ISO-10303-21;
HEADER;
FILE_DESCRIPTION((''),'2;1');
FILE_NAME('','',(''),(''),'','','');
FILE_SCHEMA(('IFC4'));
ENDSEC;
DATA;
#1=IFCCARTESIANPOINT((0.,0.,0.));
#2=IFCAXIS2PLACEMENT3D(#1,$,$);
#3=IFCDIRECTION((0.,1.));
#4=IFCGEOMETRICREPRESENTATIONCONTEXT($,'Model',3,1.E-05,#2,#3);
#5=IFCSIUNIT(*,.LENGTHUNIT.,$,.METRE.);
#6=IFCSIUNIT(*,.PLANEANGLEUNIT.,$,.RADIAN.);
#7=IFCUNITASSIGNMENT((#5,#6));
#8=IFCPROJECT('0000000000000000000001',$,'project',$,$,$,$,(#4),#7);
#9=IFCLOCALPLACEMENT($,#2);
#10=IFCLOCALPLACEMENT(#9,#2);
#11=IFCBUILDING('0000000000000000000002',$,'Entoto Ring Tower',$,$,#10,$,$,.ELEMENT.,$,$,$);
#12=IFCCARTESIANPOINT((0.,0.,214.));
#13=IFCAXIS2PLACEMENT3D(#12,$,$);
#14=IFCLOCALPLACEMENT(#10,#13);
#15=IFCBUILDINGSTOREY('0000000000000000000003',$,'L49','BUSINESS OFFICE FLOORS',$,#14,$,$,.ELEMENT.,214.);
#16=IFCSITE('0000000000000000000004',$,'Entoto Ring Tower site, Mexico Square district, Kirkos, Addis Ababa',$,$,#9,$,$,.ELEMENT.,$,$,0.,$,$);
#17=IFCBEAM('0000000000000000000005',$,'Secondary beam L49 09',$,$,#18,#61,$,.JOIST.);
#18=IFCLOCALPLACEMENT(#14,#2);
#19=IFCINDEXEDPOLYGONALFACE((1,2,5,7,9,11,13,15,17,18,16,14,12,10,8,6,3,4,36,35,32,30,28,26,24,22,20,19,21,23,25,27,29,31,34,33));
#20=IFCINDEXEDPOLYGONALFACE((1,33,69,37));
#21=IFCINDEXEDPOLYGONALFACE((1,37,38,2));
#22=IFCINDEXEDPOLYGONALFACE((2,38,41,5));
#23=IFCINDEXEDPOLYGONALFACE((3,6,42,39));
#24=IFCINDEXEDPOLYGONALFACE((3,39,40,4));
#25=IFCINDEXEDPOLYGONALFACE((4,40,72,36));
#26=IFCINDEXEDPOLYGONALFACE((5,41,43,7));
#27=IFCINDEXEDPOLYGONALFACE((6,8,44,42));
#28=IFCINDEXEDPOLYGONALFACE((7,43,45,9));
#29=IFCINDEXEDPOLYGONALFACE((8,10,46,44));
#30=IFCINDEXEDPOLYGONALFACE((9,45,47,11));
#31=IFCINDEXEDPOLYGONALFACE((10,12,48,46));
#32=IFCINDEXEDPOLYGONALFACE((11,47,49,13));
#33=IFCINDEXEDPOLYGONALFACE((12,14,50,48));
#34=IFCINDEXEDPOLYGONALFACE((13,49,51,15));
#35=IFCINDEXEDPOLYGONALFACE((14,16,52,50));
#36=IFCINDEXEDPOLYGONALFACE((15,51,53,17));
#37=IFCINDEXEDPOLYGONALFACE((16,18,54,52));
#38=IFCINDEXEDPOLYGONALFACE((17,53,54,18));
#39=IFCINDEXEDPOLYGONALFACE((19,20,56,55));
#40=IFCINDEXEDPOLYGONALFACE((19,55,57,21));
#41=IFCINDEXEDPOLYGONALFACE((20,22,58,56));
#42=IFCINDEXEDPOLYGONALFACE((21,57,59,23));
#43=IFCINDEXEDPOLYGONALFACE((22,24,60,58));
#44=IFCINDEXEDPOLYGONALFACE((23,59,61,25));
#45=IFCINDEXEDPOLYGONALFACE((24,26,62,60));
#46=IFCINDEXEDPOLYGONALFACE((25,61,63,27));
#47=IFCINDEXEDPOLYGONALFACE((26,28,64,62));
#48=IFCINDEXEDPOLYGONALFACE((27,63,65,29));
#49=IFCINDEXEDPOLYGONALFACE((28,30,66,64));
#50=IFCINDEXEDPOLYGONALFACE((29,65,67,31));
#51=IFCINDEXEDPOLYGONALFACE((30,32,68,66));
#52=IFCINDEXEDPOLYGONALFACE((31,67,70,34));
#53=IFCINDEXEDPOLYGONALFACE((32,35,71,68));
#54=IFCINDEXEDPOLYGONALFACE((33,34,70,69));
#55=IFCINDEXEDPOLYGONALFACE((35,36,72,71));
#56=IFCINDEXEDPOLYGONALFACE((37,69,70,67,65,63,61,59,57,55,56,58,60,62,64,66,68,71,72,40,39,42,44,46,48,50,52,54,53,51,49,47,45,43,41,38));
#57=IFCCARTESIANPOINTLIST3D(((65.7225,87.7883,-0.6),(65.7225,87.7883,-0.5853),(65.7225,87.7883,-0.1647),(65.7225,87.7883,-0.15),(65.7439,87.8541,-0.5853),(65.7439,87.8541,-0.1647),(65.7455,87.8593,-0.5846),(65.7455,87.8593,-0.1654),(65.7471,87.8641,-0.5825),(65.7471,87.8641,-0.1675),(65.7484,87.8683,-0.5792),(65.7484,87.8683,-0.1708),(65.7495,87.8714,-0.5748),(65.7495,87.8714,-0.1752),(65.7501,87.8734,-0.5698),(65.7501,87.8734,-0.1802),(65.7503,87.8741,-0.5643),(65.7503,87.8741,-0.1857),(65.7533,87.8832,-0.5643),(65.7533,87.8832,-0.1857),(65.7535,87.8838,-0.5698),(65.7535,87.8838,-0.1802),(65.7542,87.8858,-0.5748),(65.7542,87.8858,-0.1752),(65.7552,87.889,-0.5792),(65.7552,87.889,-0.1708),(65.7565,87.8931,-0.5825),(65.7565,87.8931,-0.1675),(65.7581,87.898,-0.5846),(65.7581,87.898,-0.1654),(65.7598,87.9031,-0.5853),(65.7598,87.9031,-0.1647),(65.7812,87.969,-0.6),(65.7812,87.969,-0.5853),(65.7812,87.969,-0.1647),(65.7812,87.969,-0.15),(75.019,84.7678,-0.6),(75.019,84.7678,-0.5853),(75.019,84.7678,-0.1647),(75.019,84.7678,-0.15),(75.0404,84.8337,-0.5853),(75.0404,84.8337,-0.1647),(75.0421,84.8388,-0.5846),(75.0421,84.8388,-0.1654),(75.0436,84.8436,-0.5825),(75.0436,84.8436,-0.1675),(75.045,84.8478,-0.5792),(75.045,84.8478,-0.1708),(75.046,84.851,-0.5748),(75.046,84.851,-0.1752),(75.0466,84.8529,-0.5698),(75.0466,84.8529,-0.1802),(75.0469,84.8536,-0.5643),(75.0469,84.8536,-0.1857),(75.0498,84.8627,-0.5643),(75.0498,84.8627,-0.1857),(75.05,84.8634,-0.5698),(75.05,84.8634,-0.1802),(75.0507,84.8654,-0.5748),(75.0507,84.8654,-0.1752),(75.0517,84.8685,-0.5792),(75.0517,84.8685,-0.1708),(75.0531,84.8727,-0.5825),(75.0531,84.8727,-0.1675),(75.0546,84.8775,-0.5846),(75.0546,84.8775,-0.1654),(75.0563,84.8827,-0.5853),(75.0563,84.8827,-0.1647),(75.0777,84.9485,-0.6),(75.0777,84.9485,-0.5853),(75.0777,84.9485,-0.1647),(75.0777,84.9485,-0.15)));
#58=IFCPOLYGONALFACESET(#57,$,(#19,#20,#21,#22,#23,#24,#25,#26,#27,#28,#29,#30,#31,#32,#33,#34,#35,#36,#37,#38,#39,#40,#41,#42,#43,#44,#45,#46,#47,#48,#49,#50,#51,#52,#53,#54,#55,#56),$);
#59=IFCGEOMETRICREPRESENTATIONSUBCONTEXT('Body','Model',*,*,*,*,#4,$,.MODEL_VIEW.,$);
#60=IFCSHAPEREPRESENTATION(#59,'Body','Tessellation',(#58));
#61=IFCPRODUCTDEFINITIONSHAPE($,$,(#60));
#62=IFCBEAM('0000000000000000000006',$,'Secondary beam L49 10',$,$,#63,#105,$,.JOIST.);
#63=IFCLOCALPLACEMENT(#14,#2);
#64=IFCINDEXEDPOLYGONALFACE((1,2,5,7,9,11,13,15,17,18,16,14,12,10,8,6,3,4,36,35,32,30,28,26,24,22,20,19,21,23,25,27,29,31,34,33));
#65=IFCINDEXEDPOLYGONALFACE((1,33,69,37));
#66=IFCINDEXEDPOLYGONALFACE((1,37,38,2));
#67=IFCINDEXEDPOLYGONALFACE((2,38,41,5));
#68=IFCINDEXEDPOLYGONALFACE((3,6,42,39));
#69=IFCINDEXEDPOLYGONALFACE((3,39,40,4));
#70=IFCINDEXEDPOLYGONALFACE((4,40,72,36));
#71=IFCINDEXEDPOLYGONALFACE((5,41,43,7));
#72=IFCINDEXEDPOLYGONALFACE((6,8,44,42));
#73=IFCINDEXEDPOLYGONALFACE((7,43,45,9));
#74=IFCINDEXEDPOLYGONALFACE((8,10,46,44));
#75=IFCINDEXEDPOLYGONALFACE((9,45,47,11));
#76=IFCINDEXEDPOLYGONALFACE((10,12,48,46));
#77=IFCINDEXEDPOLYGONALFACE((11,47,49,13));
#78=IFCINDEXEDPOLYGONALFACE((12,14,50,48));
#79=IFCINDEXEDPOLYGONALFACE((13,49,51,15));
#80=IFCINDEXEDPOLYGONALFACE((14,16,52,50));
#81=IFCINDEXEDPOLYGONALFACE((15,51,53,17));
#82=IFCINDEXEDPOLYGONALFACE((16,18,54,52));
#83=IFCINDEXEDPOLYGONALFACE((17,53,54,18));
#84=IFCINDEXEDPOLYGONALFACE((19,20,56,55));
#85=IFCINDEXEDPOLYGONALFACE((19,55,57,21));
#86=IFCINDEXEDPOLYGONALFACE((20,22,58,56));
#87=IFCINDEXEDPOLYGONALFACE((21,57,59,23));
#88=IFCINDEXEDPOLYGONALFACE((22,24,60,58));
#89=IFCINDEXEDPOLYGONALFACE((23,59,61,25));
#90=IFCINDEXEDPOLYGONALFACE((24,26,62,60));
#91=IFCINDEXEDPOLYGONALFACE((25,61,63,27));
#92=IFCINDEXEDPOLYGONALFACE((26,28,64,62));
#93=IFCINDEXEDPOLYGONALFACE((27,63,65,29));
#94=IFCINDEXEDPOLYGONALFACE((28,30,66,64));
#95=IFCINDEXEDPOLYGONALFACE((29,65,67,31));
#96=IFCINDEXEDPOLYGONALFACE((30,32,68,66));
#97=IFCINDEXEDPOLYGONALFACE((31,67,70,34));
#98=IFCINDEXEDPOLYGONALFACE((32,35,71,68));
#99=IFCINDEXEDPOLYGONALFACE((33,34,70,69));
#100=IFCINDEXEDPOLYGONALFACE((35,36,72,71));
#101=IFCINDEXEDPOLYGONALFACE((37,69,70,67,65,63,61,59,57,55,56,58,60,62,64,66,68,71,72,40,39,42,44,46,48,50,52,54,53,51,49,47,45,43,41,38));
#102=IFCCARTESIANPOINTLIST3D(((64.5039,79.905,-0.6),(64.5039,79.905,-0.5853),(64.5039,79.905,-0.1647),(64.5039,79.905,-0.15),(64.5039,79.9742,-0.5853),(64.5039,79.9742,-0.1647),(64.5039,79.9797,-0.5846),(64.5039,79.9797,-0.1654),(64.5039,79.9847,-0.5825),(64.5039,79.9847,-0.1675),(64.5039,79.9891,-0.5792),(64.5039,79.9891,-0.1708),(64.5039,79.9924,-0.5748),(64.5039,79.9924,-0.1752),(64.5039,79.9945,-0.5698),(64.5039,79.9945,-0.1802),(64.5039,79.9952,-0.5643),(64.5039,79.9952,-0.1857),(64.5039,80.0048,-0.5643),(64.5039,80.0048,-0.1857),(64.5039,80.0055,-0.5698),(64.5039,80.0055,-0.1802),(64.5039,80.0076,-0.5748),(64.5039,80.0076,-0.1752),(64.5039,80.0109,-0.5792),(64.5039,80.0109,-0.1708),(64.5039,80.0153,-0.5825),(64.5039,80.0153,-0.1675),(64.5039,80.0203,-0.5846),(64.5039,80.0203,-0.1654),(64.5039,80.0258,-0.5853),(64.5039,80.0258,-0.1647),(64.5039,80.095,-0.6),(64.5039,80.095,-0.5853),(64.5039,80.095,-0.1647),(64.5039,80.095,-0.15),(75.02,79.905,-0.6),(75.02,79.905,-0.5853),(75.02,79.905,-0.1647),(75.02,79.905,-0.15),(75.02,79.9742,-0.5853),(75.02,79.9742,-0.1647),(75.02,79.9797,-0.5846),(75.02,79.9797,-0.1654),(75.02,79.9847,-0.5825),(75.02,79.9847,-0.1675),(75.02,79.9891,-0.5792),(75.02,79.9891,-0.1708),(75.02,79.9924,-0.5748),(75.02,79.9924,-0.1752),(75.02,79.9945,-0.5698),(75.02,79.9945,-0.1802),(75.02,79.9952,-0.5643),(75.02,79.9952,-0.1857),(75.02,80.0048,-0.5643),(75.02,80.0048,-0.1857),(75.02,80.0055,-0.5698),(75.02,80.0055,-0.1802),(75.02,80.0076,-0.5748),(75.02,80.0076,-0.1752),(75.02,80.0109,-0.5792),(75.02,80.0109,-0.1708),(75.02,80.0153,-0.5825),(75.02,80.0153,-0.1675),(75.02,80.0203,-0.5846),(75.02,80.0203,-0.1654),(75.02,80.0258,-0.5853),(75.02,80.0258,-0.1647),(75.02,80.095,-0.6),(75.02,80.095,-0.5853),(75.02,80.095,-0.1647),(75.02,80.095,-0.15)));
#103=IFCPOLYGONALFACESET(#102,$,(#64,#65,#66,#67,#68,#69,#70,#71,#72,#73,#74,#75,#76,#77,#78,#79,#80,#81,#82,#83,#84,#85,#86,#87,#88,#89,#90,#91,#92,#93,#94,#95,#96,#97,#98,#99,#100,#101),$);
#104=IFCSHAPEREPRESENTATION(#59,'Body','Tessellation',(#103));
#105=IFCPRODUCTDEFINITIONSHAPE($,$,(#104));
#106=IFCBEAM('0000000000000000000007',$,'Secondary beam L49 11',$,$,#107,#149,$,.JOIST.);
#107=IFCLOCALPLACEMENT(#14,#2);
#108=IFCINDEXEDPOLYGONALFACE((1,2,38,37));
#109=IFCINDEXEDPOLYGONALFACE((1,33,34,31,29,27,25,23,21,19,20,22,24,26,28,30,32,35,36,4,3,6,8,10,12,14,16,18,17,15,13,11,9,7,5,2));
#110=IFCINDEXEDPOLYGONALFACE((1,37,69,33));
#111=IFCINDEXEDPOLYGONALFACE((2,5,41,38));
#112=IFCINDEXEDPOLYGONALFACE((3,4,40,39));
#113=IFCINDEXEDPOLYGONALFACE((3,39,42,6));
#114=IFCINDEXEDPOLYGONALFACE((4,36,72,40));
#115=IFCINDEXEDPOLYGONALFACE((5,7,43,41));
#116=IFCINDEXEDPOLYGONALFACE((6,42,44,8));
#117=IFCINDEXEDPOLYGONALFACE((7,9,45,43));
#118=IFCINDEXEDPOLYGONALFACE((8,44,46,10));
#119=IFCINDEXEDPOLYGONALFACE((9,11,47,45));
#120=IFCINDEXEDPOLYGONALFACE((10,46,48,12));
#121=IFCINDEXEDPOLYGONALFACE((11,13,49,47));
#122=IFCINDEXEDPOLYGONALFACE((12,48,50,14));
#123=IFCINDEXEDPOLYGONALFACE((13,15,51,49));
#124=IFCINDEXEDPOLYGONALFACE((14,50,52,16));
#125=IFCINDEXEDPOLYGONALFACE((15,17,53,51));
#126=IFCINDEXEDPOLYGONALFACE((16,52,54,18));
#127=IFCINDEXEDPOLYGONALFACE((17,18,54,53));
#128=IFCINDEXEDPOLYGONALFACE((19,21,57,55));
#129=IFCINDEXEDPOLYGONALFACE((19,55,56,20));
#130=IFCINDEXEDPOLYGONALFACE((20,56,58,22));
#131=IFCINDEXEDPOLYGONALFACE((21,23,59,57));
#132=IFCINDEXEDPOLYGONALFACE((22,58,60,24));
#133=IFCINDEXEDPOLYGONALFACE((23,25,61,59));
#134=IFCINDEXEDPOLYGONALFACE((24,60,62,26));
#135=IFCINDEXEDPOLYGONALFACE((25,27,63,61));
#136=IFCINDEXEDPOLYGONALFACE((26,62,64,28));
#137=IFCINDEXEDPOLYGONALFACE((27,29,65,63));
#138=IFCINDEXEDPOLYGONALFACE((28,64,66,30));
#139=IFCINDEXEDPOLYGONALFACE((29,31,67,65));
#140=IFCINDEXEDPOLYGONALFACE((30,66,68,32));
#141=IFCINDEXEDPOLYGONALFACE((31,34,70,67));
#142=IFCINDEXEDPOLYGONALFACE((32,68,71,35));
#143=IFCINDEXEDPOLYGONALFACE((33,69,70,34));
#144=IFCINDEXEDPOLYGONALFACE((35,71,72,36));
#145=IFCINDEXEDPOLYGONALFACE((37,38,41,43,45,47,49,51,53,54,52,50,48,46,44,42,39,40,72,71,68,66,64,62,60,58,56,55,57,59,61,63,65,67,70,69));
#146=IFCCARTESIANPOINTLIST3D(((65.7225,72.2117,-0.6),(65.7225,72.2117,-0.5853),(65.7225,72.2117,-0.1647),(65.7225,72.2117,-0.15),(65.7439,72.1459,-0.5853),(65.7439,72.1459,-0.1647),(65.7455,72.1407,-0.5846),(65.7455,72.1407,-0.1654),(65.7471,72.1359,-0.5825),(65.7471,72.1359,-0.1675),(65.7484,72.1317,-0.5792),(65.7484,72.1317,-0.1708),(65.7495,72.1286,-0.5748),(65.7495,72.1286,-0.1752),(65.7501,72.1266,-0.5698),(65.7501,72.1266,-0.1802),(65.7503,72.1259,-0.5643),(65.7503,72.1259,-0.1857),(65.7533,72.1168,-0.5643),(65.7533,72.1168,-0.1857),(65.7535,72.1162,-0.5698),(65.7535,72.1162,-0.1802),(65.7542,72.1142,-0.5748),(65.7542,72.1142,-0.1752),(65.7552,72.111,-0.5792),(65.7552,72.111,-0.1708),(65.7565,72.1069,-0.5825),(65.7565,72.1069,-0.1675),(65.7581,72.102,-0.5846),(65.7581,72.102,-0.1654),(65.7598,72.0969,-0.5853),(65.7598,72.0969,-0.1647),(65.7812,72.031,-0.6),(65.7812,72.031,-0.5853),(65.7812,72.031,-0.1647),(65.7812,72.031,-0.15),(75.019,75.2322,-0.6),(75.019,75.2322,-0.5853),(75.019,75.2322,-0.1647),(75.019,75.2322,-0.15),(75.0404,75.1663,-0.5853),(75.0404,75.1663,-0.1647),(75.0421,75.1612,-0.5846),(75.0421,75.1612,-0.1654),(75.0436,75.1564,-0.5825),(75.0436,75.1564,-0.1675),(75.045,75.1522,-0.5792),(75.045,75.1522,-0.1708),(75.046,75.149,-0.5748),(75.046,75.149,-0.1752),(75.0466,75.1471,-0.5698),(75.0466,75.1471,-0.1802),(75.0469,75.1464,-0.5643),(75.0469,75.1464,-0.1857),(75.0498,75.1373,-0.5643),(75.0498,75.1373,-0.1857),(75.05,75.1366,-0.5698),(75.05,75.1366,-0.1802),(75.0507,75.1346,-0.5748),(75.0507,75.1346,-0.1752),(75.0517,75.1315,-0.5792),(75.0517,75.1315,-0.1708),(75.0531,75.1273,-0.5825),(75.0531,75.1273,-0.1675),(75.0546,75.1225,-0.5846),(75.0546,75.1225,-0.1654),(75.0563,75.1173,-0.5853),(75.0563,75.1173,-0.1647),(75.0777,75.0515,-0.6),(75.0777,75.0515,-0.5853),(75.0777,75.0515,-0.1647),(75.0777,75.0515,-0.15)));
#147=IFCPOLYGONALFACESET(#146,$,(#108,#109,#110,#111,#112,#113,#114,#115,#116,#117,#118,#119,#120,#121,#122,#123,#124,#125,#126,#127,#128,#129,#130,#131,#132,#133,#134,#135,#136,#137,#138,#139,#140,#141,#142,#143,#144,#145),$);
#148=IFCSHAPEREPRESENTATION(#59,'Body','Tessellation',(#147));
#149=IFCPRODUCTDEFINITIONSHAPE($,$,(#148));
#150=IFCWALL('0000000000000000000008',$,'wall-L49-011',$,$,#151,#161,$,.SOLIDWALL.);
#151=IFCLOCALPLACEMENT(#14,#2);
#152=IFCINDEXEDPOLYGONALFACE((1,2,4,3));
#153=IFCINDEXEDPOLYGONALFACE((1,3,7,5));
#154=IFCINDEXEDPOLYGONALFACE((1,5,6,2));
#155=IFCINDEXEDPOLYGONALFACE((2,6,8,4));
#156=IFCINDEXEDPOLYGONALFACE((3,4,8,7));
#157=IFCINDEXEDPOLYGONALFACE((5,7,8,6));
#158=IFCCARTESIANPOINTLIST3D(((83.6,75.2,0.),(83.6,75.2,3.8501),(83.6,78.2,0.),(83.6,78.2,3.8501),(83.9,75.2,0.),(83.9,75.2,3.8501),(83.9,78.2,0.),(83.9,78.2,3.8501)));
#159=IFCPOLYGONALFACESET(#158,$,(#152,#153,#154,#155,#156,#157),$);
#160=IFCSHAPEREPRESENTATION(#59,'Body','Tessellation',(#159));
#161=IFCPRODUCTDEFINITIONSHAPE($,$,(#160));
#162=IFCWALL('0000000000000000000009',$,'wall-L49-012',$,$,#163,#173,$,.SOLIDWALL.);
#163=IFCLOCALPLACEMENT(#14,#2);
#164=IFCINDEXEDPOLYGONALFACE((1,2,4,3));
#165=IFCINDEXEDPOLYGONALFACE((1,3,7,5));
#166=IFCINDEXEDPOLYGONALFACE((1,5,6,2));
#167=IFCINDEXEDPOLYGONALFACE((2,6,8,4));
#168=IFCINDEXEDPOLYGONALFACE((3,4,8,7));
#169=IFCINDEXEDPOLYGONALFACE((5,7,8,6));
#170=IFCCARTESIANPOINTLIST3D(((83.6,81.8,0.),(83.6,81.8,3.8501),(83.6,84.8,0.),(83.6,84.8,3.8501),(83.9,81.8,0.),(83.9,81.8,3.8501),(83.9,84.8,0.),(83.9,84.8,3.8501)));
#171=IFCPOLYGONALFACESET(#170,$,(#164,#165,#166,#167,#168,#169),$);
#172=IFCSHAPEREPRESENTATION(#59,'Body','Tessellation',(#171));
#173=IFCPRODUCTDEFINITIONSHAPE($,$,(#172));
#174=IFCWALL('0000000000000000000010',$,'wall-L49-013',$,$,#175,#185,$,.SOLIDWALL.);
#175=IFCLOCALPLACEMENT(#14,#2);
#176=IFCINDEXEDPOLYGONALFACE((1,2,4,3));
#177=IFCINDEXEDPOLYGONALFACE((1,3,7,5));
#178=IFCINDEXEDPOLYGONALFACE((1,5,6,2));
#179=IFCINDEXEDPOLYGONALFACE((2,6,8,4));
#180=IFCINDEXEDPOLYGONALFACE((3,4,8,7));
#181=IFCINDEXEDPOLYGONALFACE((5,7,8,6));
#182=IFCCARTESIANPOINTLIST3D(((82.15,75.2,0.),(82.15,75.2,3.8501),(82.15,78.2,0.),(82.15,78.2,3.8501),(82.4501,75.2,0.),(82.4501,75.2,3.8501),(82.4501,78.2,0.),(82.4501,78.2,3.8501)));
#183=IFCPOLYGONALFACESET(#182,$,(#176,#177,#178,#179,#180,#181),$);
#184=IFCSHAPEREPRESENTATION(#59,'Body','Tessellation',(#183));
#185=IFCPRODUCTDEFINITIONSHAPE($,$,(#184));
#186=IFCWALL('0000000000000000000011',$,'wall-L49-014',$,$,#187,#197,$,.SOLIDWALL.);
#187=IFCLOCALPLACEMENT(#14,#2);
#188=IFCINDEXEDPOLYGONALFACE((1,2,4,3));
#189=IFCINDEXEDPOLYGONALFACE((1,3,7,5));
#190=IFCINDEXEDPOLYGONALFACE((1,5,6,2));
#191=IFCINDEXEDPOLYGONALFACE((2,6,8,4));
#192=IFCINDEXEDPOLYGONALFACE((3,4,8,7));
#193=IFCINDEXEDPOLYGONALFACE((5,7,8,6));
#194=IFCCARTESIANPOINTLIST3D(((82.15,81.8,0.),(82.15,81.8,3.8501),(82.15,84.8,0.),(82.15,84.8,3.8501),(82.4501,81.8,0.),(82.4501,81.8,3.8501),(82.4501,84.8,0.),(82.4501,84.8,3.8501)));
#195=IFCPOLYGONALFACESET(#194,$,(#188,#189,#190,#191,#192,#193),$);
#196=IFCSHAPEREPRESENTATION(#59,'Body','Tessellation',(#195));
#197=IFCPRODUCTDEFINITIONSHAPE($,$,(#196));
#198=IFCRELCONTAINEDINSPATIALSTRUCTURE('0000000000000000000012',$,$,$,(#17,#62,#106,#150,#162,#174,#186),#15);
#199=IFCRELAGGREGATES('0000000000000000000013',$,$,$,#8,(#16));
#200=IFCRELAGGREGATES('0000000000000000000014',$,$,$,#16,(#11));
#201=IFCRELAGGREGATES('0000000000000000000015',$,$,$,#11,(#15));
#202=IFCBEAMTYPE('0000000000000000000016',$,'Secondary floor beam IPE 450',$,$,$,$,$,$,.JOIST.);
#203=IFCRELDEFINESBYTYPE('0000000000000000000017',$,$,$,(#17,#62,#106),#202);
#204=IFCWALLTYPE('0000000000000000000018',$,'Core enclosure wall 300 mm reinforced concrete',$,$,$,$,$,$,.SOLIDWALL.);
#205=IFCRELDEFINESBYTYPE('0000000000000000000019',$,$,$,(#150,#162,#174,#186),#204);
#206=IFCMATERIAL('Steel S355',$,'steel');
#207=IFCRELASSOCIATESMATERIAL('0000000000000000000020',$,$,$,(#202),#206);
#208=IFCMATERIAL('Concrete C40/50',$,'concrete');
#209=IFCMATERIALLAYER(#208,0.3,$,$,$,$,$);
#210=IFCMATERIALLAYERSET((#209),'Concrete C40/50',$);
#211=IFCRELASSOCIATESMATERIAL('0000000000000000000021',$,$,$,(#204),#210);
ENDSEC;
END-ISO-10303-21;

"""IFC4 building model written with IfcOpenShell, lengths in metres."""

from ifc_helpers import new_model, si_unit, direction, frame, frame_2d, origin, origin_2d, place, context, subcontext, project, spatial, rectangle, i_section, extrude, material, layer, layer_set, material_profile, profile_set, type_object, element, save


model = new_model("IFC4")

# Units and contexts
model_context = context("Model", 3, precision=1e-05, world=origin(), true_north=direction((0.0, 1.0)))
body_context = subcontext(model_context, "Body", "Model", "MODEL_VIEW")
ifc_project = project(units=[si_unit("LENGTHUNIT", "METRE"), si_unit("PLANEANGLEUNIT", "RADIAN")], contexts=[model_context])

# Site, building, storey
site_placement = place(None, origin())
site = spatial("IfcSite", under=ifc_project, at=site_placement, Name="Entoto Ring Tower site, Mexico Square district, Kirkos, Addis Ababa", CompositionType="ELEMENT", RefElevation=0.0)
building_placement = place(site_placement, origin())
building = spatial("IfcBuilding", under=site, at=building_placement, Name="Entoto Ring Tower", CompositionType="ELEMENT")
storey_placement = place(building_placement, frame((0.0, 0.0, 214.0)))
storey = spatial("IfcBuildingStorey", under=building, at=storey_placement, Name="L49", Description="BUSINESS OFFICE FLOORS", CompositionType="ELEMENT", Elevation=214.0)

# Beams
ifc_material_1 = material(Name="Steel S355", Category="steel")
ifc_material_profile_1 = material_profile(ifc_material_1, i_section(OverallWidth=0.1899, OverallDepth=0.45, WebThickness=0.0095, FlangeThickness=0.0146, FilletRadius=0.021, at=origin_2d()), Name="IPE 450")
ifc_profile_set_1 = profile_set([ifc_material_profile_1], Name="Steel S355")
beam_type_1 = type_object("IfcBeamType", Name="Secondary floor beam IPE 450", PredefinedType="JOIST", material=ifc_profile_set_1)
beam_1_placement = place(storey_placement, frame((75.0483, 84.8582, -0.375), z_axis=(-0.951061, 0.309003, 0.0), x_axis=(-0.309003, -0.951061, 0.0)))
element("IfcBeam", 1, at=beam_1_placement, inside=storey, type_object=beam_type_1, Name="Secondary beam L49 09", PredefinedType="JOIST", context=body_context, shape_type="SweptSolid", body=[
    extrude(i_section(OverallWidth=0.1899, OverallDepth=0.45, WebThickness=0.0095, FlangeThickness=0.0146, FilletRadius=0.021, at=origin_2d()), origin(), (0.0, 0.0, 1.0), 9.7749),
])
beam_2_placement = place(storey_placement, frame((75.02, 80.0, -0.375), z_axis=(-1.0, 0.0, 0.0), x_axis=(0.0, -1.0, 0.0)))
element("IfcBeam", 2, at=beam_2_placement, inside=storey, type_object=beam_type_1, Name="Secondary beam L49 10", PredefinedType="JOIST", context=body_context, shape_type="SweptSolid", body=[
    extrude(i_section(OverallWidth=0.1899, OverallDepth=0.45, WebThickness=0.0095, FlangeThickness=0.0146, FilletRadius=0.021, at=origin_2d()), origin(), (0.0, 0.0, 1.0), 10.5161),
])
beam_3_placement = place(storey_placement, frame((75.0483, 75.1418, -0.375), z_axis=(-0.951061, -0.309003, 0.0), x_axis=(0.309003, -0.951061, 0.0)))
element("IfcBeam", 3, at=beam_3_placement, inside=storey, type_object=beam_type_1, Name="Secondary beam L49 11", PredefinedType="JOIST", context=body_context, shape_type="SweptSolid", body=[
    extrude(i_section(OverallWidth=0.1899, OverallDepth=0.45, WebThickness=0.0095, FlangeThickness=0.0146, FilletRadius=0.021, at=origin_2d()), origin(), (0.0, 0.0, 1.0), 9.7749),
])

# Walls
ifc_material_2 = material(Name="Concrete C40/50", Category="concrete")
ifc_layer_1 = layer(ifc_material_2, 0.3)
ifc_layer_set_1 = layer_set([ifc_layer_1], Name="Concrete C40/50")
wall_type_1 = type_object("IfcWallType", Name="Core enclosure wall 300 mm reinforced concrete", PredefinedType="SOLIDWALL", material=ifc_layer_set_1)
for number, where, z_axis, x_axis, name in (
    (4, (83.75, 75.2, 0.0), (0.0, 0.0, 1.0), (0.0, 1.0, 0.0), "wall-L49-011"),
    (5, (83.75, 81.8, 0.0), (0.0, 0.0, 1.0), (0.0, 1.0, 0.0), "wall-L49-012"),
    (6, (82.3, 75.2, 0.0), (0.0, 0.0, 1.0), (0.0, 1.0, 0.0), "wall-L49-013"),
    (7, (82.3, 81.8, 0.0), (0.0, 0.0, 1.0), (0.0, 1.0, 0.0), "wall-L49-014"),
):
    element("IfcWall", number, at=place(storey_placement, frame(where, z_axis=z_axis, x_axis=x_axis)), inside=storey, type_object=wall_type_1, Name=name, PredefinedType="SOLIDWALL", context=body_context, shape_type="SweptSolid", body=[
        extrude(rectangle(XDim=3.0, YDim=0.3, at=frame_2d((1.5, 0.0))), origin(), (0.0, 0.0, 1.0), 3.8501),
    ])

save(model, "model.ifc")
